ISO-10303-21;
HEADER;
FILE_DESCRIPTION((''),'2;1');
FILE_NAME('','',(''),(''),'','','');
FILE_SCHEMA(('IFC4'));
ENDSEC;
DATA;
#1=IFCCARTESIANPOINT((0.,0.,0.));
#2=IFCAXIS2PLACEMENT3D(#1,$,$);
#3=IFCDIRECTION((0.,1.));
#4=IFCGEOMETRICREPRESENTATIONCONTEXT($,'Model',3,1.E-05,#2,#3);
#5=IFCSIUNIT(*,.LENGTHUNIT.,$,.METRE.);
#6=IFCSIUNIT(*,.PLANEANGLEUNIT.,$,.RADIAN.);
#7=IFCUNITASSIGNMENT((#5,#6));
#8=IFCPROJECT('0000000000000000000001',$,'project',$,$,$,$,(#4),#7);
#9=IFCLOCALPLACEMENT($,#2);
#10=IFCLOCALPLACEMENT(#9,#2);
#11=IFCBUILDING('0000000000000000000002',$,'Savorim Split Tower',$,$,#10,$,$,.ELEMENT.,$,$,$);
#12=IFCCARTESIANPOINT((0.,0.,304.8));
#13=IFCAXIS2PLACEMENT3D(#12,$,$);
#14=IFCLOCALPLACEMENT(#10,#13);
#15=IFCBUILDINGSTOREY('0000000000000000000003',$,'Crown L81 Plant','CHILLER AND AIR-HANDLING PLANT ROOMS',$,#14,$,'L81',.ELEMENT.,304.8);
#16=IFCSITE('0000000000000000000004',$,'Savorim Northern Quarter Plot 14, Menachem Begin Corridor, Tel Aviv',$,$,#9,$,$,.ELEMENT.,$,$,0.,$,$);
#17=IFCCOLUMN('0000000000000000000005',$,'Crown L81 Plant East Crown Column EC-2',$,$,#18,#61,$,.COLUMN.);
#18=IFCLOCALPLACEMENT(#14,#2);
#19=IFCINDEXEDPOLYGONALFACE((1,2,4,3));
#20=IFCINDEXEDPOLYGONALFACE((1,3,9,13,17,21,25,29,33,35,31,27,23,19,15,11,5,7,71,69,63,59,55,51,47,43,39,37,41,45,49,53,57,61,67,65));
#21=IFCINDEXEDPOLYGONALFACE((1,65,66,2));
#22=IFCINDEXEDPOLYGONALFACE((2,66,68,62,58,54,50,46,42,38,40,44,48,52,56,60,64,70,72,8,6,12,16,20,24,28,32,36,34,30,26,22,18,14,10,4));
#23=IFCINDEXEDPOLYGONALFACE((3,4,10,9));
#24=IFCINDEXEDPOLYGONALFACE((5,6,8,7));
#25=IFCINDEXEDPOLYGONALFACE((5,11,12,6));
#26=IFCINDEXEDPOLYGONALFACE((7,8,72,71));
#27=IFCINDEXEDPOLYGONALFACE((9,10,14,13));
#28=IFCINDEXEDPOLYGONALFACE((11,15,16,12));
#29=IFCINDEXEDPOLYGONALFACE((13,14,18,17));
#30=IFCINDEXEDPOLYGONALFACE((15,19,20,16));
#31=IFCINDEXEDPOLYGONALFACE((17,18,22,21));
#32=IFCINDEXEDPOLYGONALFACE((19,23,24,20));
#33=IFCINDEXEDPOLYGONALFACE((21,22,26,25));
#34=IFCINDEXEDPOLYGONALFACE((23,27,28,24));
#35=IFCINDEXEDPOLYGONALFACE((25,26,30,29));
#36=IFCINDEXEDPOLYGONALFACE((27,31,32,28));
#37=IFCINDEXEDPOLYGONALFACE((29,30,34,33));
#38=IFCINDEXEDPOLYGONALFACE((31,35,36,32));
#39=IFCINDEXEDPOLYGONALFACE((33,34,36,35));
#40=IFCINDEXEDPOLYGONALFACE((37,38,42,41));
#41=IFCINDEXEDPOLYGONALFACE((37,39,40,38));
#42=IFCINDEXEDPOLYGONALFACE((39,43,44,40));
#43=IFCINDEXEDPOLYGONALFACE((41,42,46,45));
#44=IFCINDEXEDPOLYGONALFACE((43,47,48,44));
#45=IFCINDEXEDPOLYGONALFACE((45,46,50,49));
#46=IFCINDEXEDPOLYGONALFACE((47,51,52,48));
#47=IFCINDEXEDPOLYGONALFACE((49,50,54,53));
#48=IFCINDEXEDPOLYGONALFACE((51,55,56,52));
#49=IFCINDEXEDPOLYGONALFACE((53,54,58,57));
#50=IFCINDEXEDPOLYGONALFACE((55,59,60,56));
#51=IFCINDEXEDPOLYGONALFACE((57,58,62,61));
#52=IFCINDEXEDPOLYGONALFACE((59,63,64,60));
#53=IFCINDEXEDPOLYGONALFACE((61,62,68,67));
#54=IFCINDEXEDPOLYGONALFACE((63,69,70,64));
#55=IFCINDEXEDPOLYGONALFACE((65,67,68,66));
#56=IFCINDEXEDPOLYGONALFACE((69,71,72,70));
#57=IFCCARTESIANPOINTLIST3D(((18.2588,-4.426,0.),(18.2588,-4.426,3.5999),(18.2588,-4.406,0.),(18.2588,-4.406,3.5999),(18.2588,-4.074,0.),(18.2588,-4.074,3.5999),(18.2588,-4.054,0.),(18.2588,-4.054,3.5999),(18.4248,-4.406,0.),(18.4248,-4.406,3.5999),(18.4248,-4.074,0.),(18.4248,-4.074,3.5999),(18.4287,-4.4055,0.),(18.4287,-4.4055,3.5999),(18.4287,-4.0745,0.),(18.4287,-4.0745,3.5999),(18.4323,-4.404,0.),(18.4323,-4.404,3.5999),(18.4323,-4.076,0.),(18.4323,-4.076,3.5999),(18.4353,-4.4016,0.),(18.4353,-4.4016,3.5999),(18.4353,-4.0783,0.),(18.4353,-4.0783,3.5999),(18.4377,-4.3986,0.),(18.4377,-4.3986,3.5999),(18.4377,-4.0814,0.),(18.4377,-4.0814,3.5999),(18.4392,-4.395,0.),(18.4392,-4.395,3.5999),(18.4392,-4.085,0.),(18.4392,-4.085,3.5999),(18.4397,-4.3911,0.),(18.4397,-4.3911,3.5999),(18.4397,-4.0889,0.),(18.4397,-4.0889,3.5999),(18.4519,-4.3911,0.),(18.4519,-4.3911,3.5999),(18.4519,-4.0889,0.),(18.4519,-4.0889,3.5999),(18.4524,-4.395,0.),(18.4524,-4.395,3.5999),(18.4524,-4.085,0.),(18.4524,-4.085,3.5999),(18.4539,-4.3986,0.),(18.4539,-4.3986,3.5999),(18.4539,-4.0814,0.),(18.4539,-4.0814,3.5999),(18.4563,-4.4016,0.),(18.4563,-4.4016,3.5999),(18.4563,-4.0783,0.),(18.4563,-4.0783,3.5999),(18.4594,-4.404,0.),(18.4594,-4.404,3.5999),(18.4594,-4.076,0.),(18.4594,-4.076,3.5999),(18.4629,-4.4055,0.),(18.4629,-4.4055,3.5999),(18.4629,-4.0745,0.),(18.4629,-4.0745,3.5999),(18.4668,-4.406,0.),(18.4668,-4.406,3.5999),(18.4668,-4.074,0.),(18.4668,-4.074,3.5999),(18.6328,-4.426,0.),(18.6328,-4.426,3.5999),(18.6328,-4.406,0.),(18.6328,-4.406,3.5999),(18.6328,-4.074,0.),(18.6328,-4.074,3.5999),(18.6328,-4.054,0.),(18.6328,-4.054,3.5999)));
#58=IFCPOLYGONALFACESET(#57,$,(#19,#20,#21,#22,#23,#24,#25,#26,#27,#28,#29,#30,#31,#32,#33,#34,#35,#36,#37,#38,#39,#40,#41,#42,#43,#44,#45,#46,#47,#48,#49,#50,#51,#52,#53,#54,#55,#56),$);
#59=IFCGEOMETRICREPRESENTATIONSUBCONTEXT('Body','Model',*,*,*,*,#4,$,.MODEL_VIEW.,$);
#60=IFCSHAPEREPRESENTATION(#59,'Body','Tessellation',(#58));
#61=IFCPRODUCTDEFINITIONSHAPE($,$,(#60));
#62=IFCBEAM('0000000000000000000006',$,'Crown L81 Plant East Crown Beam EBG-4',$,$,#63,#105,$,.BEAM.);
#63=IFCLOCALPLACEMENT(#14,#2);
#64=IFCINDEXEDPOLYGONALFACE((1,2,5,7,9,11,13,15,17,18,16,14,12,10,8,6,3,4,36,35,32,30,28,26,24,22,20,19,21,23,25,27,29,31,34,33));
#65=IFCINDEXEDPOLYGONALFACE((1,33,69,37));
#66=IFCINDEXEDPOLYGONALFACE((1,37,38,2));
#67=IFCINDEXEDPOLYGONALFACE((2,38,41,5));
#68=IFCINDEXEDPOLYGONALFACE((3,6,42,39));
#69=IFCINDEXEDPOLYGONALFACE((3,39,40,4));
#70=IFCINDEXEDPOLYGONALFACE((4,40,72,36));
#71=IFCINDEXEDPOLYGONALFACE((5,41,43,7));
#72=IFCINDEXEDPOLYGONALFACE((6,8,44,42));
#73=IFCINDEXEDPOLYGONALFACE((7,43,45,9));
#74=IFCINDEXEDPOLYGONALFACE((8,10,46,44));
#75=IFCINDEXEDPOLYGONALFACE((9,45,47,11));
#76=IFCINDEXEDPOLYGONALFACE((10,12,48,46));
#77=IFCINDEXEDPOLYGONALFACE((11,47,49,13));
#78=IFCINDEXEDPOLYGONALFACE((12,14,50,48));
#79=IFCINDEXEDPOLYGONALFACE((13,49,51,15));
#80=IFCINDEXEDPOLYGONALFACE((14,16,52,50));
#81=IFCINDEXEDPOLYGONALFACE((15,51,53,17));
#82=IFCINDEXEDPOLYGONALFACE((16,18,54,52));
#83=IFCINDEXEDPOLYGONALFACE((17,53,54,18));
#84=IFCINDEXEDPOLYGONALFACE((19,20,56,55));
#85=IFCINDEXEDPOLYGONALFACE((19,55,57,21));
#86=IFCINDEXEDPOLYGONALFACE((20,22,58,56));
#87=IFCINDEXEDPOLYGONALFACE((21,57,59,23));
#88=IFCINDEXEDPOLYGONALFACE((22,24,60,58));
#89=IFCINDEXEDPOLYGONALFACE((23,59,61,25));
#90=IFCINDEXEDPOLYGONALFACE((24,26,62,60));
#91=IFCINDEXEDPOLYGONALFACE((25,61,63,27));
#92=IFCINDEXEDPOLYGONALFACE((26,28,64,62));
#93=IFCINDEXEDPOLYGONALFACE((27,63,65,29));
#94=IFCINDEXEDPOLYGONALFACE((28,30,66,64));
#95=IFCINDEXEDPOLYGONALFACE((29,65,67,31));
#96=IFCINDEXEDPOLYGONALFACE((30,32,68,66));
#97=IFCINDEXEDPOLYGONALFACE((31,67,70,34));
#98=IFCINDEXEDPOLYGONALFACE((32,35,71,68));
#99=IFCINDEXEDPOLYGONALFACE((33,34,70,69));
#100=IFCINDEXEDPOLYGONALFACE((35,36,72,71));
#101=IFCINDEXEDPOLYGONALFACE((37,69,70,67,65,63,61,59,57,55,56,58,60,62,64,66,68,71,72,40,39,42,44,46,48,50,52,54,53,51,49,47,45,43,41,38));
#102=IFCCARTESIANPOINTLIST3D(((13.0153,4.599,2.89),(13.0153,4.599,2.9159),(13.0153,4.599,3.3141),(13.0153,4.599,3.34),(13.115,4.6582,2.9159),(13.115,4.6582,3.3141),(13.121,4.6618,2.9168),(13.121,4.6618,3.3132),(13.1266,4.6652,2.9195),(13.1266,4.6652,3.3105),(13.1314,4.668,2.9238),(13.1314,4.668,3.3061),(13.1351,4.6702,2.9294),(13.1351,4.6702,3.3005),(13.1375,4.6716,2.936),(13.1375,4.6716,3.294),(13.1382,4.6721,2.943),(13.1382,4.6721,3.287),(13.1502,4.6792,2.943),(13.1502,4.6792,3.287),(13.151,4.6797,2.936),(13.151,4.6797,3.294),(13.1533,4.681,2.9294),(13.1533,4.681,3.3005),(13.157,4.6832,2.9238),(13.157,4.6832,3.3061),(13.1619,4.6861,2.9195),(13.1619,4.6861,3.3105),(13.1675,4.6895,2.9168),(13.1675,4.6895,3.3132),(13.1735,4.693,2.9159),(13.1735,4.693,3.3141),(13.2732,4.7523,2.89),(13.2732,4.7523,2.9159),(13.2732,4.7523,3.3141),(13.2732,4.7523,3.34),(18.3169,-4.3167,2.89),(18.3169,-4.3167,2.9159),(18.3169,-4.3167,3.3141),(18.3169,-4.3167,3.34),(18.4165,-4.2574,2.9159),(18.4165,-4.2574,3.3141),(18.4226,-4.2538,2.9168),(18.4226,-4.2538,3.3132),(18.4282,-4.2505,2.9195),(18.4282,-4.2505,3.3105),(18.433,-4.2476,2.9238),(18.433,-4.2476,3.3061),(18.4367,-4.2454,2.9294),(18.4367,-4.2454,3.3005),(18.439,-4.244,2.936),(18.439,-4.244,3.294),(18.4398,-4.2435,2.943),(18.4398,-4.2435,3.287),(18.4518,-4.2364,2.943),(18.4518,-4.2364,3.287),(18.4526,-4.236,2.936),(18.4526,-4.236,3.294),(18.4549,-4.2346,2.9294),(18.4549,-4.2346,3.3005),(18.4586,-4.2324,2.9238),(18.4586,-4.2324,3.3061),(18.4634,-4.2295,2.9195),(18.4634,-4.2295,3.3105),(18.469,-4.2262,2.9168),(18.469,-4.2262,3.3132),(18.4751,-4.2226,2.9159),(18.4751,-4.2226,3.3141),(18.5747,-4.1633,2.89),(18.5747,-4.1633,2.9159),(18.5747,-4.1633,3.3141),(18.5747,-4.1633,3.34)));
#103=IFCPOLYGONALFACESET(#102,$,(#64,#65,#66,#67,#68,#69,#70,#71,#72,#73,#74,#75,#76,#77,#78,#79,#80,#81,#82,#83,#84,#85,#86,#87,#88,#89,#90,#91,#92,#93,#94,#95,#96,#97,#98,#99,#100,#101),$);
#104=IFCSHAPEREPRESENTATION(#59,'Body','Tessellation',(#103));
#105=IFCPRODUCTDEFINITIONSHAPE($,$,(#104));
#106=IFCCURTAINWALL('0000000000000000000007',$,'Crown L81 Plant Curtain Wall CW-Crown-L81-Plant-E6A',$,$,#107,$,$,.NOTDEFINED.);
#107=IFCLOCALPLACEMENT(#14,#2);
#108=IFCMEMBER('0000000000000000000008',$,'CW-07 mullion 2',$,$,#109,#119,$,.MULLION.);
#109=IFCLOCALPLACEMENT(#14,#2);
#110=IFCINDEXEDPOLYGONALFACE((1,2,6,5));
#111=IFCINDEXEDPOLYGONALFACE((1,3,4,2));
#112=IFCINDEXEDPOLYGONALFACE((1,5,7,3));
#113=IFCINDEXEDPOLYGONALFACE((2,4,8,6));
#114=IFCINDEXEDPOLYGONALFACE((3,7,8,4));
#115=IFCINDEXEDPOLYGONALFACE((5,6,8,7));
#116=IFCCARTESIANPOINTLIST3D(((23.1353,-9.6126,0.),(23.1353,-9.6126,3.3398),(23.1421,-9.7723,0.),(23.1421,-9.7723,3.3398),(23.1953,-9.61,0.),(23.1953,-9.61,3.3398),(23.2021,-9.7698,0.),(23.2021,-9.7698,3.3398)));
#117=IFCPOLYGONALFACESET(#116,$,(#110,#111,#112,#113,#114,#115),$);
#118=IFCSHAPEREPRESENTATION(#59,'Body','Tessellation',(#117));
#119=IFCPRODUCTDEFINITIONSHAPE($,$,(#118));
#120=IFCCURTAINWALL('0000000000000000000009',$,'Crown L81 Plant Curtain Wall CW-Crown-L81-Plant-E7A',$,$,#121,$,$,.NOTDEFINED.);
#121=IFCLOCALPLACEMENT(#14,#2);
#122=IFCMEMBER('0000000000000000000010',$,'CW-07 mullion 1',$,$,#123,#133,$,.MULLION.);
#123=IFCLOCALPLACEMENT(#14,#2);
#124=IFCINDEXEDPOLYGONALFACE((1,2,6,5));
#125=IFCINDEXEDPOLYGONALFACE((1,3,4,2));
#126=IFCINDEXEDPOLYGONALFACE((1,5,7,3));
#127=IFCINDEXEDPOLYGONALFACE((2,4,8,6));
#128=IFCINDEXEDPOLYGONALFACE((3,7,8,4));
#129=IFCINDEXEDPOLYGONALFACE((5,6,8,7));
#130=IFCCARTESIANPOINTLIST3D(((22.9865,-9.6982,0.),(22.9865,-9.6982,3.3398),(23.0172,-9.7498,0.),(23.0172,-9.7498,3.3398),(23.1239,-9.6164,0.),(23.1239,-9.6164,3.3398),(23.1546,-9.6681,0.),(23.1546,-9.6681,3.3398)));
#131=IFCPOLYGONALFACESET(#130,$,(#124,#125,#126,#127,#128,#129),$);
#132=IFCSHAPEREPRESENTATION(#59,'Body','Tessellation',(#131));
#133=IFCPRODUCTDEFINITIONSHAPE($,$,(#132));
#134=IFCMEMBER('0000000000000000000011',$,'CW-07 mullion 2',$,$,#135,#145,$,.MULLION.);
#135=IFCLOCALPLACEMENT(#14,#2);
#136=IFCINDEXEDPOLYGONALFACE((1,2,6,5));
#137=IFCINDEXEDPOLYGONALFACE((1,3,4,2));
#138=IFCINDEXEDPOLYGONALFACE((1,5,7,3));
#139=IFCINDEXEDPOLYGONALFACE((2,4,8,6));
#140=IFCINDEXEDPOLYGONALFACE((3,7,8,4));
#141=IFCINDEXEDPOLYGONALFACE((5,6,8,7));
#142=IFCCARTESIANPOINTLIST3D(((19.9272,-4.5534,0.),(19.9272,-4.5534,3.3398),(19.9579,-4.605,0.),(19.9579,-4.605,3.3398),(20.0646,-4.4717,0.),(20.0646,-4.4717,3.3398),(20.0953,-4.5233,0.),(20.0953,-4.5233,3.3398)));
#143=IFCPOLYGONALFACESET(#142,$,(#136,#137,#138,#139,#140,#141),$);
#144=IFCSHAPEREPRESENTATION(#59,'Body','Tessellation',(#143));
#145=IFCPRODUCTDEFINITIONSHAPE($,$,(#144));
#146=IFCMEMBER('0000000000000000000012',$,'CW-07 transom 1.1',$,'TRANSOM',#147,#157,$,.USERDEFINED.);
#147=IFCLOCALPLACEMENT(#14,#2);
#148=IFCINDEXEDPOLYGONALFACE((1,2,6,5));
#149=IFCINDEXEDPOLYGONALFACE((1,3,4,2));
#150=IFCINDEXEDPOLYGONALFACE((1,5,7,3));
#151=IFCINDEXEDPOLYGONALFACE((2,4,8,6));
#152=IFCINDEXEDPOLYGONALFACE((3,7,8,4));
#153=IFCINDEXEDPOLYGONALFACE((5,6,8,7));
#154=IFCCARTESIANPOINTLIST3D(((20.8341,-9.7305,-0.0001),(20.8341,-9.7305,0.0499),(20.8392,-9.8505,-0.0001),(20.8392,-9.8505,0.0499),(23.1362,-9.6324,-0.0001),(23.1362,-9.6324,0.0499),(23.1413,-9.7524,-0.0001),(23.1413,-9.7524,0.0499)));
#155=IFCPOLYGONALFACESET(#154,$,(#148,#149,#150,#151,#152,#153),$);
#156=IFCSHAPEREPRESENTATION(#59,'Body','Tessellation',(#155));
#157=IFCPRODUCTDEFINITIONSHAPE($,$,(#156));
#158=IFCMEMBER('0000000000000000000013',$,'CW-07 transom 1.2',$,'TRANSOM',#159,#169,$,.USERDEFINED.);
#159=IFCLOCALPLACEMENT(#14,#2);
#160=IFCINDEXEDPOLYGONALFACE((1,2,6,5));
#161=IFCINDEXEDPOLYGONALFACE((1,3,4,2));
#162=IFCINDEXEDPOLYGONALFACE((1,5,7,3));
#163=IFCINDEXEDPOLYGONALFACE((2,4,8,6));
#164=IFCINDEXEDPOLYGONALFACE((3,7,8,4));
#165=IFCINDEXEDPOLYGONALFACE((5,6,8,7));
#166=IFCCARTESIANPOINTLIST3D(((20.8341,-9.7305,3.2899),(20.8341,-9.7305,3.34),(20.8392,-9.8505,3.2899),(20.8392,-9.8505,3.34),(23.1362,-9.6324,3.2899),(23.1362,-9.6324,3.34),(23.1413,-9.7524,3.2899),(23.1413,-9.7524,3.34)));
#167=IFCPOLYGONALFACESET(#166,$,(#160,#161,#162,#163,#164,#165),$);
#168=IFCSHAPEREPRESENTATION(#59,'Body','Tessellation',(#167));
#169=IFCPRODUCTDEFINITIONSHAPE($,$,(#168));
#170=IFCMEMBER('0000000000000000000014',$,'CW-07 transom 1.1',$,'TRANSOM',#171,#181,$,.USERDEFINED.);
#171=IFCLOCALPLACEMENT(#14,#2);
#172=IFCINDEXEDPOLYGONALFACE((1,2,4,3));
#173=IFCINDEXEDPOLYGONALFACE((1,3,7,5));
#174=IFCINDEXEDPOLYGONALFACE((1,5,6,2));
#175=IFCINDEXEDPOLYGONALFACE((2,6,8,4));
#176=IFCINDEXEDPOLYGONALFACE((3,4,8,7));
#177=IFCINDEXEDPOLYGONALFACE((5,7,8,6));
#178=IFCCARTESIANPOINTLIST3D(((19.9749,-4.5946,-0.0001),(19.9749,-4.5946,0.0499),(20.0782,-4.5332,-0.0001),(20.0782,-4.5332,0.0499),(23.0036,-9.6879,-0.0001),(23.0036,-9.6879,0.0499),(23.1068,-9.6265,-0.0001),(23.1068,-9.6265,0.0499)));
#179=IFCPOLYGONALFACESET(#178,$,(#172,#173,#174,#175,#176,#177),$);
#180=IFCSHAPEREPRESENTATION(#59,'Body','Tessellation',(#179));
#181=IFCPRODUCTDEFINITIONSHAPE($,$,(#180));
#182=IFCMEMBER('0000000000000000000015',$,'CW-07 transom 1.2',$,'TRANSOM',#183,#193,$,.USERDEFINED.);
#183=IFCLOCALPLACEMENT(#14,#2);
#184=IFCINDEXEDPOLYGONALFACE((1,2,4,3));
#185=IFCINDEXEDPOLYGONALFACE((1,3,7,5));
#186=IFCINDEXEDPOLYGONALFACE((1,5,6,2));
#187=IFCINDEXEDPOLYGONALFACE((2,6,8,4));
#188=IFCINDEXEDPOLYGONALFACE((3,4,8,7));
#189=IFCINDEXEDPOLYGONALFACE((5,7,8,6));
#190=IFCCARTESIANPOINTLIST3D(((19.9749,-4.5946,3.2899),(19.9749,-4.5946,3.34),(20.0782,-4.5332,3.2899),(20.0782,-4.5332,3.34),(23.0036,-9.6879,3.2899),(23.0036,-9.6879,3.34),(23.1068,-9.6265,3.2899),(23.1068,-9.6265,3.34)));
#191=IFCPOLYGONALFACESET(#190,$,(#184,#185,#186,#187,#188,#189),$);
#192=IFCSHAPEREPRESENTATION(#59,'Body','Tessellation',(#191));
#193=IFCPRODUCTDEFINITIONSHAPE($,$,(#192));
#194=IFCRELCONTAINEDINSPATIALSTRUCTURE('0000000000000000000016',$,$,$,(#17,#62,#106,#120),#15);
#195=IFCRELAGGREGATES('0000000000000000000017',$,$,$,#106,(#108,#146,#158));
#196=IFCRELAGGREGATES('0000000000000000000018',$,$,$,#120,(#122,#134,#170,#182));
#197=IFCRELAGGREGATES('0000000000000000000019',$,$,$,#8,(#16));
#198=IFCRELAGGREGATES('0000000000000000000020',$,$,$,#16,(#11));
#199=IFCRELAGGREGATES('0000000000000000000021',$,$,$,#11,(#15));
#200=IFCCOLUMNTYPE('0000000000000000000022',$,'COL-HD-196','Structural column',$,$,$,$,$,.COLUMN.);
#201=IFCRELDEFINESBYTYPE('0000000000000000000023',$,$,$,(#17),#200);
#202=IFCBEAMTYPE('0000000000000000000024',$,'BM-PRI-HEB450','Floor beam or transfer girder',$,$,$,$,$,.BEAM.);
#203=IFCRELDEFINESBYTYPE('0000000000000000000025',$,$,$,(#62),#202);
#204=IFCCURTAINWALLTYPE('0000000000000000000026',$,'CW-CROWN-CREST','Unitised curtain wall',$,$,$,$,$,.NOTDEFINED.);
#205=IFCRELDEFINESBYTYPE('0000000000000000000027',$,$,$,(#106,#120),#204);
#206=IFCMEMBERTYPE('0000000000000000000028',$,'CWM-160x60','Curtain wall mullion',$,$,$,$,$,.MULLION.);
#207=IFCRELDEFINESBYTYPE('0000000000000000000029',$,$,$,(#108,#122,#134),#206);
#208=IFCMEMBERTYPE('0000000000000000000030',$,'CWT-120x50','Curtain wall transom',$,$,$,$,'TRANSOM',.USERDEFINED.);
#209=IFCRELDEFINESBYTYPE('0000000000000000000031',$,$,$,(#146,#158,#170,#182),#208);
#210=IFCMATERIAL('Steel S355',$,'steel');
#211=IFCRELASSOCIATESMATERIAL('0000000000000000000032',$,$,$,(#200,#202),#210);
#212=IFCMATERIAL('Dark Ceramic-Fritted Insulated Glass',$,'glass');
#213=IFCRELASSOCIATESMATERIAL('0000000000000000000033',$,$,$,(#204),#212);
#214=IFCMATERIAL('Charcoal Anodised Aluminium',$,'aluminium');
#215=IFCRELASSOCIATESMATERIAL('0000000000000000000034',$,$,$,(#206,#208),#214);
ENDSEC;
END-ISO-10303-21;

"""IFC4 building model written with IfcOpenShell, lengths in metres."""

from ifc_helpers import new_model, si_unit, direction, frame, origin, origin_2d, place, context, subcontext, project, spatial, rectangle, i_section, extrude, material, material_profile, profile_set, type_object, element, aggregate, save


model = new_model("IFC4")

# Units and contexts
model_context = context("Model", 3, precision=1e-05, world=origin(), true_north=direction((0.0, 1.0)))
body_context = subcontext(model_context, "Body", "Model", "MODEL_VIEW")
ifc_project = project(units=[si_unit("LENGTHUNIT", "METRE"), si_unit("PLANEANGLEUNIT", "RADIAN")], contexts=[model_context])

# Site, building, storey
site_placement = place(None, origin())
site = spatial("IfcSite", under=ifc_project, at=site_placement, Name="Savorim Northern Quarter Plot 14, Menachem Begin Corridor, Tel Aviv", CompositionType="ELEMENT", RefElevation=0.0)
building_placement = place(site_placement, origin())
building = spatial("IfcBuilding", under=site, at=building_placement, Name="Savorim Split Tower", CompositionType="ELEMENT")
storey_placement = place(building_placement, frame((0.0, 0.0, 304.8)))
storey = spatial("IfcBuildingStorey", under=building, at=storey_placement, Name="Crown L81 Plant", Description="CHILLER AND AIR-HANDLING PLANT ROOMS", LongName="L81", CompositionType="ELEMENT", Elevation=304.8)

# Column
ifc_material_1 = material(Name="Steel S355", Category="steel")
ifc_material_profile_1 = material_profile(ifc_material_1, i_section(OverallWidth=0.374, OverallDepth=0.3721, WebThickness=0.0122, FlangeThickness=0.02, FilletRadius=0.0149, at=origin_2d()), Name="HD 360x196")
ifc_profile_set_1 = profile_set([ifc_material_profile_1], Name="Steel S355")
column_type = type_object("IfcColumnType", Name="COL-HD-196", Description="Structural column", PredefinedType="COLUMN", material=ifc_profile_set_1)
column_placement = place(storey_placement, frame((18.4458, -4.24, 0.0), z_axis=(0.0, 0.0, 1.0), x_axis=(1.0, 0.0, 0.0)))
element("IfcColumn", 1, at=column_placement, inside=storey, type_object=column_type, Name="Crown L81 Plant East Crown Column EC-2", PredefinedType="COLUMN", context=body_context, shape_type="SweptSolid", body=[
    extrude(i_section(OverallWidth=0.374, OverallDepth=0.3721, WebThickness=0.0122, FlangeThickness=0.02, FilletRadius=0.0149, at=origin_2d()), origin(), (0.0, 0.0, 1.0), 3.5999),
])

# Beam
ifc_material_profile_2 = material_profile(ifc_material_1, i_section(OverallWidth=0.3, OverallDepth=0.45, WebThickness=0.0139, FlangeThickness=0.0259, FilletRadius=0.0271, at=origin_2d()), Name="HEB 450")
ifc_profile_set_2 = profile_set([ifc_material_profile_2], Name="Steel S355")
beam_type = type_object("IfcBeamType", Name="BM-PRI-HEB450", Description="Floor beam or transfer girder", PredefinedType="BEAM", material=ifc_profile_set_2)
beam_placement = place(storey_placement, frame((18.4458, -4.24, 3.115), z_axis=(-0.511103, 0.859519, 0.0), x_axis=(-0.859519, -0.511103, 0.0)))
element("IfcBeam", 2, at=beam_placement, inside=storey, type_object=beam_type, Name="Crown L81 Plant East Crown Beam EBG-4", PredefinedType="BEAM", context=body_context, shape_type="SweptSolid", body=[
    extrude(i_section(OverallWidth=0.3, OverallDepth=0.45, WebThickness=0.0139, FlangeThickness=0.0259, FilletRadius=0.0271, at=origin_2d()), origin(), (0.0, 0.0, 1.0), 10.3728),
])

# Curtain wall, member
ifc_material_2 = material(Name="Dark Ceramic-Fritted Insulated Glass", Category="glass")
curtain_wall_type = type_object("IfcCurtainWallType", Name="CW-CROWN-CREST", Description="Unitised curtain wall", PredefinedType="NOTDEFINED", material=ifc_material_2)
curtain_wall_1_placement = place(storey_placement, origin())
curtain_wall_1 = element("IfcCurtainWall", 3, at=curtain_wall_1_placement, inside=storey, type_object=curtain_wall_type, Name="Crown L81 Plant Curtain Wall CW-Crown-L81-Plant-E6A", PredefinedType="NOTDEFINED")
ifc_material_3 = material(Name="Charcoal Anodised Aluminium", Category="aluminium")
ifc_material_profile_3 = material_profile(ifc_material_3, rectangle(XDim=0.1599, YDim=0.0601, at=origin_2d()), Name="ALU-M 160x60")
ifc_profile_set_3 = profile_set([ifc_material_profile_3], Name="Charcoal Anodised Aluminium")
member_type_1 = type_object("IfcMemberType", Name="CWM-160x60", Description="Curtain wall mullion", PredefinedType="MULLION", material=ifc_profile_set_3)
member_1_placement = place(storey_placement, frame((23.1687, -9.6912, 0.0), z_axis=(0.0, 0.0, 1.0), x_axis=(-0.042533, 0.999095, 0.0)))
member_1 = element("IfcMember", 4, at=member_1_placement, type_object=member_type_1, Name="CW-07 mullion 2", PredefinedType="MULLION", context=body_context, shape_type="SweptSolid", body=[
    extrude(rectangle(XDim=0.1599, YDim=0.0601, at=origin_2d()), origin(), (0.0, 0.0, 1.0), 3.3398),
])

# Curtain wall, members
curtain_wall_2_placement = place(storey_placement, origin())
curtain_wall_2 = element("IfcCurtainWall", 5, at=curtain_wall_2_placement, inside=storey, type_object=curtain_wall_type, Name="Crown L81 Plant Curtain Wall CW-Crown-L81-Plant-E7A", PredefinedType="NOTDEFINED")
member_2_placement = place(storey_placement, frame((23.0706, -9.6831, 0.0), z_axis=(0.0, 0.0, 1.0), x_axis=(-0.859525, -0.511094, 0.0)))
member_2 = element("IfcMember", 6, at=member_2_placement, type_object=member_type_1, Name="CW-07 mullion 1", PredefinedType="MULLION", context=body_context, shape_type="SweptSolid", body=[
    extrude(rectangle(XDim=0.1599, YDim=0.0601, at=origin_2d()), origin(), (0.0, 0.0, 1.0), 3.3398),
])
member_3_placement = place(storey_placement, frame((20.0112, -4.5383, 0.0), z_axis=(0.0, 0.0, 1.0), x_axis=(-0.859525, -0.511094, 0.0)))
member_3 = element("IfcMember", 7, at=member_3_placement, type_object=member_type_1, Name="CW-07 mullion 2", PredefinedType="MULLION", context=body_context, shape_type="SweptSolid", body=[
    extrude(rectangle(XDim=0.1599, YDim=0.0601, at=origin_2d()), origin(), (0.0, 0.0, 1.0), 3.3398),
])

# Members
ifc_material_profile_4 = material_profile(ifc_material_3, rectangle(XDim=0.1201, YDim=0.05, at=origin_2d()), Name="ALU-T 120x50")
ifc_profile_set_4 = profile_set([ifc_material_profile_4], Name="Charcoal Anodised Aluminium")
member_type_2 = type_object("IfcMemberType", Name="CWT-120x50", Description="Curtain wall transom", ElementType="TRANSOM", PredefinedType="USERDEFINED", material=ifc_profile_set_4)
member_4_placement = place(storey_placement, frame((20.8367, -9.7905, 0.0249), z_axis=(0.999092, 0.042596, 0.0), x_axis=(-0.042596, 0.999092, 0.0)))
member_4 = element("IfcMember", 8, at=member_4_placement, type_object=member_type_2, Name="CW-07 transom 1.1", ObjectType="TRANSOM", PredefinedType="USERDEFINED", context=body_context, shape_type="SweptSolid", body=[
    extrude(rectangle(XDim=0.1201, YDim=0.05, at=origin_2d()), origin(), (0.0, 0.0, 1.0), 2.3042),
])
member_5_placement = place(storey_placement, frame((20.8367, -9.7905, 3.3149), z_axis=(0.999092, 0.042596, 0.0), x_axis=(-0.042596, 0.999092, 0.0)))
member_5 = element("IfcMember", 9, at=member_5_placement, type_object=member_type_2, Name="CW-07 transom 1.2", ObjectType="TRANSOM", PredefinedType="USERDEFINED", context=body_context, shape_type="SweptSolid", body=[
    extrude(rectangle(XDim=0.1201, YDim=0.05, at=origin_2d()), origin(), (0.0, 0.0, 1.0), 2.3042),
])
member_6_placement = place(storey_placement, frame((23.0552, -9.6572, 0.0249), z_axis=(-0.511093, 0.859526, 0.0), x_axis=(-0.859526, -0.511093, 0.0)))
member_6 = element("IfcMember", 10, at=member_6_placement, type_object=member_type_2, Name="CW-07 transom 1.1", ObjectType="TRANSOM", PredefinedType="USERDEFINED", context=body_context, shape_type="SweptSolid", body=[
    extrude(rectangle(XDim=0.1201, YDim=0.05, at=origin_2d()), origin(), (0.0, 0.0, 1.0), 5.9258),
])
member_7_placement = place(storey_placement, frame((23.0552, -9.6572, 3.3149), z_axis=(-0.511093, 0.859526, 0.0), x_axis=(-0.859526, -0.511093, 0.0)))
member_7 = element("IfcMember", 11, at=member_7_placement, type_object=member_type_2, Name="CW-07 transom 1.2", ObjectType="TRANSOM", PredefinedType="USERDEFINED", context=body_context, shape_type="SweptSolid", body=[
    extrude(rectangle(XDim=0.1201, YDim=0.05, at=origin_2d()), origin(), (0.0, 0.0, 1.0), 5.9258),
])

aggregate(curtain_wall_1, [member_1, member_4, member_5])
aggregate(curtain_wall_2, [member_2, member_3, member_6, member_7])

save(model, "model.ifc")
